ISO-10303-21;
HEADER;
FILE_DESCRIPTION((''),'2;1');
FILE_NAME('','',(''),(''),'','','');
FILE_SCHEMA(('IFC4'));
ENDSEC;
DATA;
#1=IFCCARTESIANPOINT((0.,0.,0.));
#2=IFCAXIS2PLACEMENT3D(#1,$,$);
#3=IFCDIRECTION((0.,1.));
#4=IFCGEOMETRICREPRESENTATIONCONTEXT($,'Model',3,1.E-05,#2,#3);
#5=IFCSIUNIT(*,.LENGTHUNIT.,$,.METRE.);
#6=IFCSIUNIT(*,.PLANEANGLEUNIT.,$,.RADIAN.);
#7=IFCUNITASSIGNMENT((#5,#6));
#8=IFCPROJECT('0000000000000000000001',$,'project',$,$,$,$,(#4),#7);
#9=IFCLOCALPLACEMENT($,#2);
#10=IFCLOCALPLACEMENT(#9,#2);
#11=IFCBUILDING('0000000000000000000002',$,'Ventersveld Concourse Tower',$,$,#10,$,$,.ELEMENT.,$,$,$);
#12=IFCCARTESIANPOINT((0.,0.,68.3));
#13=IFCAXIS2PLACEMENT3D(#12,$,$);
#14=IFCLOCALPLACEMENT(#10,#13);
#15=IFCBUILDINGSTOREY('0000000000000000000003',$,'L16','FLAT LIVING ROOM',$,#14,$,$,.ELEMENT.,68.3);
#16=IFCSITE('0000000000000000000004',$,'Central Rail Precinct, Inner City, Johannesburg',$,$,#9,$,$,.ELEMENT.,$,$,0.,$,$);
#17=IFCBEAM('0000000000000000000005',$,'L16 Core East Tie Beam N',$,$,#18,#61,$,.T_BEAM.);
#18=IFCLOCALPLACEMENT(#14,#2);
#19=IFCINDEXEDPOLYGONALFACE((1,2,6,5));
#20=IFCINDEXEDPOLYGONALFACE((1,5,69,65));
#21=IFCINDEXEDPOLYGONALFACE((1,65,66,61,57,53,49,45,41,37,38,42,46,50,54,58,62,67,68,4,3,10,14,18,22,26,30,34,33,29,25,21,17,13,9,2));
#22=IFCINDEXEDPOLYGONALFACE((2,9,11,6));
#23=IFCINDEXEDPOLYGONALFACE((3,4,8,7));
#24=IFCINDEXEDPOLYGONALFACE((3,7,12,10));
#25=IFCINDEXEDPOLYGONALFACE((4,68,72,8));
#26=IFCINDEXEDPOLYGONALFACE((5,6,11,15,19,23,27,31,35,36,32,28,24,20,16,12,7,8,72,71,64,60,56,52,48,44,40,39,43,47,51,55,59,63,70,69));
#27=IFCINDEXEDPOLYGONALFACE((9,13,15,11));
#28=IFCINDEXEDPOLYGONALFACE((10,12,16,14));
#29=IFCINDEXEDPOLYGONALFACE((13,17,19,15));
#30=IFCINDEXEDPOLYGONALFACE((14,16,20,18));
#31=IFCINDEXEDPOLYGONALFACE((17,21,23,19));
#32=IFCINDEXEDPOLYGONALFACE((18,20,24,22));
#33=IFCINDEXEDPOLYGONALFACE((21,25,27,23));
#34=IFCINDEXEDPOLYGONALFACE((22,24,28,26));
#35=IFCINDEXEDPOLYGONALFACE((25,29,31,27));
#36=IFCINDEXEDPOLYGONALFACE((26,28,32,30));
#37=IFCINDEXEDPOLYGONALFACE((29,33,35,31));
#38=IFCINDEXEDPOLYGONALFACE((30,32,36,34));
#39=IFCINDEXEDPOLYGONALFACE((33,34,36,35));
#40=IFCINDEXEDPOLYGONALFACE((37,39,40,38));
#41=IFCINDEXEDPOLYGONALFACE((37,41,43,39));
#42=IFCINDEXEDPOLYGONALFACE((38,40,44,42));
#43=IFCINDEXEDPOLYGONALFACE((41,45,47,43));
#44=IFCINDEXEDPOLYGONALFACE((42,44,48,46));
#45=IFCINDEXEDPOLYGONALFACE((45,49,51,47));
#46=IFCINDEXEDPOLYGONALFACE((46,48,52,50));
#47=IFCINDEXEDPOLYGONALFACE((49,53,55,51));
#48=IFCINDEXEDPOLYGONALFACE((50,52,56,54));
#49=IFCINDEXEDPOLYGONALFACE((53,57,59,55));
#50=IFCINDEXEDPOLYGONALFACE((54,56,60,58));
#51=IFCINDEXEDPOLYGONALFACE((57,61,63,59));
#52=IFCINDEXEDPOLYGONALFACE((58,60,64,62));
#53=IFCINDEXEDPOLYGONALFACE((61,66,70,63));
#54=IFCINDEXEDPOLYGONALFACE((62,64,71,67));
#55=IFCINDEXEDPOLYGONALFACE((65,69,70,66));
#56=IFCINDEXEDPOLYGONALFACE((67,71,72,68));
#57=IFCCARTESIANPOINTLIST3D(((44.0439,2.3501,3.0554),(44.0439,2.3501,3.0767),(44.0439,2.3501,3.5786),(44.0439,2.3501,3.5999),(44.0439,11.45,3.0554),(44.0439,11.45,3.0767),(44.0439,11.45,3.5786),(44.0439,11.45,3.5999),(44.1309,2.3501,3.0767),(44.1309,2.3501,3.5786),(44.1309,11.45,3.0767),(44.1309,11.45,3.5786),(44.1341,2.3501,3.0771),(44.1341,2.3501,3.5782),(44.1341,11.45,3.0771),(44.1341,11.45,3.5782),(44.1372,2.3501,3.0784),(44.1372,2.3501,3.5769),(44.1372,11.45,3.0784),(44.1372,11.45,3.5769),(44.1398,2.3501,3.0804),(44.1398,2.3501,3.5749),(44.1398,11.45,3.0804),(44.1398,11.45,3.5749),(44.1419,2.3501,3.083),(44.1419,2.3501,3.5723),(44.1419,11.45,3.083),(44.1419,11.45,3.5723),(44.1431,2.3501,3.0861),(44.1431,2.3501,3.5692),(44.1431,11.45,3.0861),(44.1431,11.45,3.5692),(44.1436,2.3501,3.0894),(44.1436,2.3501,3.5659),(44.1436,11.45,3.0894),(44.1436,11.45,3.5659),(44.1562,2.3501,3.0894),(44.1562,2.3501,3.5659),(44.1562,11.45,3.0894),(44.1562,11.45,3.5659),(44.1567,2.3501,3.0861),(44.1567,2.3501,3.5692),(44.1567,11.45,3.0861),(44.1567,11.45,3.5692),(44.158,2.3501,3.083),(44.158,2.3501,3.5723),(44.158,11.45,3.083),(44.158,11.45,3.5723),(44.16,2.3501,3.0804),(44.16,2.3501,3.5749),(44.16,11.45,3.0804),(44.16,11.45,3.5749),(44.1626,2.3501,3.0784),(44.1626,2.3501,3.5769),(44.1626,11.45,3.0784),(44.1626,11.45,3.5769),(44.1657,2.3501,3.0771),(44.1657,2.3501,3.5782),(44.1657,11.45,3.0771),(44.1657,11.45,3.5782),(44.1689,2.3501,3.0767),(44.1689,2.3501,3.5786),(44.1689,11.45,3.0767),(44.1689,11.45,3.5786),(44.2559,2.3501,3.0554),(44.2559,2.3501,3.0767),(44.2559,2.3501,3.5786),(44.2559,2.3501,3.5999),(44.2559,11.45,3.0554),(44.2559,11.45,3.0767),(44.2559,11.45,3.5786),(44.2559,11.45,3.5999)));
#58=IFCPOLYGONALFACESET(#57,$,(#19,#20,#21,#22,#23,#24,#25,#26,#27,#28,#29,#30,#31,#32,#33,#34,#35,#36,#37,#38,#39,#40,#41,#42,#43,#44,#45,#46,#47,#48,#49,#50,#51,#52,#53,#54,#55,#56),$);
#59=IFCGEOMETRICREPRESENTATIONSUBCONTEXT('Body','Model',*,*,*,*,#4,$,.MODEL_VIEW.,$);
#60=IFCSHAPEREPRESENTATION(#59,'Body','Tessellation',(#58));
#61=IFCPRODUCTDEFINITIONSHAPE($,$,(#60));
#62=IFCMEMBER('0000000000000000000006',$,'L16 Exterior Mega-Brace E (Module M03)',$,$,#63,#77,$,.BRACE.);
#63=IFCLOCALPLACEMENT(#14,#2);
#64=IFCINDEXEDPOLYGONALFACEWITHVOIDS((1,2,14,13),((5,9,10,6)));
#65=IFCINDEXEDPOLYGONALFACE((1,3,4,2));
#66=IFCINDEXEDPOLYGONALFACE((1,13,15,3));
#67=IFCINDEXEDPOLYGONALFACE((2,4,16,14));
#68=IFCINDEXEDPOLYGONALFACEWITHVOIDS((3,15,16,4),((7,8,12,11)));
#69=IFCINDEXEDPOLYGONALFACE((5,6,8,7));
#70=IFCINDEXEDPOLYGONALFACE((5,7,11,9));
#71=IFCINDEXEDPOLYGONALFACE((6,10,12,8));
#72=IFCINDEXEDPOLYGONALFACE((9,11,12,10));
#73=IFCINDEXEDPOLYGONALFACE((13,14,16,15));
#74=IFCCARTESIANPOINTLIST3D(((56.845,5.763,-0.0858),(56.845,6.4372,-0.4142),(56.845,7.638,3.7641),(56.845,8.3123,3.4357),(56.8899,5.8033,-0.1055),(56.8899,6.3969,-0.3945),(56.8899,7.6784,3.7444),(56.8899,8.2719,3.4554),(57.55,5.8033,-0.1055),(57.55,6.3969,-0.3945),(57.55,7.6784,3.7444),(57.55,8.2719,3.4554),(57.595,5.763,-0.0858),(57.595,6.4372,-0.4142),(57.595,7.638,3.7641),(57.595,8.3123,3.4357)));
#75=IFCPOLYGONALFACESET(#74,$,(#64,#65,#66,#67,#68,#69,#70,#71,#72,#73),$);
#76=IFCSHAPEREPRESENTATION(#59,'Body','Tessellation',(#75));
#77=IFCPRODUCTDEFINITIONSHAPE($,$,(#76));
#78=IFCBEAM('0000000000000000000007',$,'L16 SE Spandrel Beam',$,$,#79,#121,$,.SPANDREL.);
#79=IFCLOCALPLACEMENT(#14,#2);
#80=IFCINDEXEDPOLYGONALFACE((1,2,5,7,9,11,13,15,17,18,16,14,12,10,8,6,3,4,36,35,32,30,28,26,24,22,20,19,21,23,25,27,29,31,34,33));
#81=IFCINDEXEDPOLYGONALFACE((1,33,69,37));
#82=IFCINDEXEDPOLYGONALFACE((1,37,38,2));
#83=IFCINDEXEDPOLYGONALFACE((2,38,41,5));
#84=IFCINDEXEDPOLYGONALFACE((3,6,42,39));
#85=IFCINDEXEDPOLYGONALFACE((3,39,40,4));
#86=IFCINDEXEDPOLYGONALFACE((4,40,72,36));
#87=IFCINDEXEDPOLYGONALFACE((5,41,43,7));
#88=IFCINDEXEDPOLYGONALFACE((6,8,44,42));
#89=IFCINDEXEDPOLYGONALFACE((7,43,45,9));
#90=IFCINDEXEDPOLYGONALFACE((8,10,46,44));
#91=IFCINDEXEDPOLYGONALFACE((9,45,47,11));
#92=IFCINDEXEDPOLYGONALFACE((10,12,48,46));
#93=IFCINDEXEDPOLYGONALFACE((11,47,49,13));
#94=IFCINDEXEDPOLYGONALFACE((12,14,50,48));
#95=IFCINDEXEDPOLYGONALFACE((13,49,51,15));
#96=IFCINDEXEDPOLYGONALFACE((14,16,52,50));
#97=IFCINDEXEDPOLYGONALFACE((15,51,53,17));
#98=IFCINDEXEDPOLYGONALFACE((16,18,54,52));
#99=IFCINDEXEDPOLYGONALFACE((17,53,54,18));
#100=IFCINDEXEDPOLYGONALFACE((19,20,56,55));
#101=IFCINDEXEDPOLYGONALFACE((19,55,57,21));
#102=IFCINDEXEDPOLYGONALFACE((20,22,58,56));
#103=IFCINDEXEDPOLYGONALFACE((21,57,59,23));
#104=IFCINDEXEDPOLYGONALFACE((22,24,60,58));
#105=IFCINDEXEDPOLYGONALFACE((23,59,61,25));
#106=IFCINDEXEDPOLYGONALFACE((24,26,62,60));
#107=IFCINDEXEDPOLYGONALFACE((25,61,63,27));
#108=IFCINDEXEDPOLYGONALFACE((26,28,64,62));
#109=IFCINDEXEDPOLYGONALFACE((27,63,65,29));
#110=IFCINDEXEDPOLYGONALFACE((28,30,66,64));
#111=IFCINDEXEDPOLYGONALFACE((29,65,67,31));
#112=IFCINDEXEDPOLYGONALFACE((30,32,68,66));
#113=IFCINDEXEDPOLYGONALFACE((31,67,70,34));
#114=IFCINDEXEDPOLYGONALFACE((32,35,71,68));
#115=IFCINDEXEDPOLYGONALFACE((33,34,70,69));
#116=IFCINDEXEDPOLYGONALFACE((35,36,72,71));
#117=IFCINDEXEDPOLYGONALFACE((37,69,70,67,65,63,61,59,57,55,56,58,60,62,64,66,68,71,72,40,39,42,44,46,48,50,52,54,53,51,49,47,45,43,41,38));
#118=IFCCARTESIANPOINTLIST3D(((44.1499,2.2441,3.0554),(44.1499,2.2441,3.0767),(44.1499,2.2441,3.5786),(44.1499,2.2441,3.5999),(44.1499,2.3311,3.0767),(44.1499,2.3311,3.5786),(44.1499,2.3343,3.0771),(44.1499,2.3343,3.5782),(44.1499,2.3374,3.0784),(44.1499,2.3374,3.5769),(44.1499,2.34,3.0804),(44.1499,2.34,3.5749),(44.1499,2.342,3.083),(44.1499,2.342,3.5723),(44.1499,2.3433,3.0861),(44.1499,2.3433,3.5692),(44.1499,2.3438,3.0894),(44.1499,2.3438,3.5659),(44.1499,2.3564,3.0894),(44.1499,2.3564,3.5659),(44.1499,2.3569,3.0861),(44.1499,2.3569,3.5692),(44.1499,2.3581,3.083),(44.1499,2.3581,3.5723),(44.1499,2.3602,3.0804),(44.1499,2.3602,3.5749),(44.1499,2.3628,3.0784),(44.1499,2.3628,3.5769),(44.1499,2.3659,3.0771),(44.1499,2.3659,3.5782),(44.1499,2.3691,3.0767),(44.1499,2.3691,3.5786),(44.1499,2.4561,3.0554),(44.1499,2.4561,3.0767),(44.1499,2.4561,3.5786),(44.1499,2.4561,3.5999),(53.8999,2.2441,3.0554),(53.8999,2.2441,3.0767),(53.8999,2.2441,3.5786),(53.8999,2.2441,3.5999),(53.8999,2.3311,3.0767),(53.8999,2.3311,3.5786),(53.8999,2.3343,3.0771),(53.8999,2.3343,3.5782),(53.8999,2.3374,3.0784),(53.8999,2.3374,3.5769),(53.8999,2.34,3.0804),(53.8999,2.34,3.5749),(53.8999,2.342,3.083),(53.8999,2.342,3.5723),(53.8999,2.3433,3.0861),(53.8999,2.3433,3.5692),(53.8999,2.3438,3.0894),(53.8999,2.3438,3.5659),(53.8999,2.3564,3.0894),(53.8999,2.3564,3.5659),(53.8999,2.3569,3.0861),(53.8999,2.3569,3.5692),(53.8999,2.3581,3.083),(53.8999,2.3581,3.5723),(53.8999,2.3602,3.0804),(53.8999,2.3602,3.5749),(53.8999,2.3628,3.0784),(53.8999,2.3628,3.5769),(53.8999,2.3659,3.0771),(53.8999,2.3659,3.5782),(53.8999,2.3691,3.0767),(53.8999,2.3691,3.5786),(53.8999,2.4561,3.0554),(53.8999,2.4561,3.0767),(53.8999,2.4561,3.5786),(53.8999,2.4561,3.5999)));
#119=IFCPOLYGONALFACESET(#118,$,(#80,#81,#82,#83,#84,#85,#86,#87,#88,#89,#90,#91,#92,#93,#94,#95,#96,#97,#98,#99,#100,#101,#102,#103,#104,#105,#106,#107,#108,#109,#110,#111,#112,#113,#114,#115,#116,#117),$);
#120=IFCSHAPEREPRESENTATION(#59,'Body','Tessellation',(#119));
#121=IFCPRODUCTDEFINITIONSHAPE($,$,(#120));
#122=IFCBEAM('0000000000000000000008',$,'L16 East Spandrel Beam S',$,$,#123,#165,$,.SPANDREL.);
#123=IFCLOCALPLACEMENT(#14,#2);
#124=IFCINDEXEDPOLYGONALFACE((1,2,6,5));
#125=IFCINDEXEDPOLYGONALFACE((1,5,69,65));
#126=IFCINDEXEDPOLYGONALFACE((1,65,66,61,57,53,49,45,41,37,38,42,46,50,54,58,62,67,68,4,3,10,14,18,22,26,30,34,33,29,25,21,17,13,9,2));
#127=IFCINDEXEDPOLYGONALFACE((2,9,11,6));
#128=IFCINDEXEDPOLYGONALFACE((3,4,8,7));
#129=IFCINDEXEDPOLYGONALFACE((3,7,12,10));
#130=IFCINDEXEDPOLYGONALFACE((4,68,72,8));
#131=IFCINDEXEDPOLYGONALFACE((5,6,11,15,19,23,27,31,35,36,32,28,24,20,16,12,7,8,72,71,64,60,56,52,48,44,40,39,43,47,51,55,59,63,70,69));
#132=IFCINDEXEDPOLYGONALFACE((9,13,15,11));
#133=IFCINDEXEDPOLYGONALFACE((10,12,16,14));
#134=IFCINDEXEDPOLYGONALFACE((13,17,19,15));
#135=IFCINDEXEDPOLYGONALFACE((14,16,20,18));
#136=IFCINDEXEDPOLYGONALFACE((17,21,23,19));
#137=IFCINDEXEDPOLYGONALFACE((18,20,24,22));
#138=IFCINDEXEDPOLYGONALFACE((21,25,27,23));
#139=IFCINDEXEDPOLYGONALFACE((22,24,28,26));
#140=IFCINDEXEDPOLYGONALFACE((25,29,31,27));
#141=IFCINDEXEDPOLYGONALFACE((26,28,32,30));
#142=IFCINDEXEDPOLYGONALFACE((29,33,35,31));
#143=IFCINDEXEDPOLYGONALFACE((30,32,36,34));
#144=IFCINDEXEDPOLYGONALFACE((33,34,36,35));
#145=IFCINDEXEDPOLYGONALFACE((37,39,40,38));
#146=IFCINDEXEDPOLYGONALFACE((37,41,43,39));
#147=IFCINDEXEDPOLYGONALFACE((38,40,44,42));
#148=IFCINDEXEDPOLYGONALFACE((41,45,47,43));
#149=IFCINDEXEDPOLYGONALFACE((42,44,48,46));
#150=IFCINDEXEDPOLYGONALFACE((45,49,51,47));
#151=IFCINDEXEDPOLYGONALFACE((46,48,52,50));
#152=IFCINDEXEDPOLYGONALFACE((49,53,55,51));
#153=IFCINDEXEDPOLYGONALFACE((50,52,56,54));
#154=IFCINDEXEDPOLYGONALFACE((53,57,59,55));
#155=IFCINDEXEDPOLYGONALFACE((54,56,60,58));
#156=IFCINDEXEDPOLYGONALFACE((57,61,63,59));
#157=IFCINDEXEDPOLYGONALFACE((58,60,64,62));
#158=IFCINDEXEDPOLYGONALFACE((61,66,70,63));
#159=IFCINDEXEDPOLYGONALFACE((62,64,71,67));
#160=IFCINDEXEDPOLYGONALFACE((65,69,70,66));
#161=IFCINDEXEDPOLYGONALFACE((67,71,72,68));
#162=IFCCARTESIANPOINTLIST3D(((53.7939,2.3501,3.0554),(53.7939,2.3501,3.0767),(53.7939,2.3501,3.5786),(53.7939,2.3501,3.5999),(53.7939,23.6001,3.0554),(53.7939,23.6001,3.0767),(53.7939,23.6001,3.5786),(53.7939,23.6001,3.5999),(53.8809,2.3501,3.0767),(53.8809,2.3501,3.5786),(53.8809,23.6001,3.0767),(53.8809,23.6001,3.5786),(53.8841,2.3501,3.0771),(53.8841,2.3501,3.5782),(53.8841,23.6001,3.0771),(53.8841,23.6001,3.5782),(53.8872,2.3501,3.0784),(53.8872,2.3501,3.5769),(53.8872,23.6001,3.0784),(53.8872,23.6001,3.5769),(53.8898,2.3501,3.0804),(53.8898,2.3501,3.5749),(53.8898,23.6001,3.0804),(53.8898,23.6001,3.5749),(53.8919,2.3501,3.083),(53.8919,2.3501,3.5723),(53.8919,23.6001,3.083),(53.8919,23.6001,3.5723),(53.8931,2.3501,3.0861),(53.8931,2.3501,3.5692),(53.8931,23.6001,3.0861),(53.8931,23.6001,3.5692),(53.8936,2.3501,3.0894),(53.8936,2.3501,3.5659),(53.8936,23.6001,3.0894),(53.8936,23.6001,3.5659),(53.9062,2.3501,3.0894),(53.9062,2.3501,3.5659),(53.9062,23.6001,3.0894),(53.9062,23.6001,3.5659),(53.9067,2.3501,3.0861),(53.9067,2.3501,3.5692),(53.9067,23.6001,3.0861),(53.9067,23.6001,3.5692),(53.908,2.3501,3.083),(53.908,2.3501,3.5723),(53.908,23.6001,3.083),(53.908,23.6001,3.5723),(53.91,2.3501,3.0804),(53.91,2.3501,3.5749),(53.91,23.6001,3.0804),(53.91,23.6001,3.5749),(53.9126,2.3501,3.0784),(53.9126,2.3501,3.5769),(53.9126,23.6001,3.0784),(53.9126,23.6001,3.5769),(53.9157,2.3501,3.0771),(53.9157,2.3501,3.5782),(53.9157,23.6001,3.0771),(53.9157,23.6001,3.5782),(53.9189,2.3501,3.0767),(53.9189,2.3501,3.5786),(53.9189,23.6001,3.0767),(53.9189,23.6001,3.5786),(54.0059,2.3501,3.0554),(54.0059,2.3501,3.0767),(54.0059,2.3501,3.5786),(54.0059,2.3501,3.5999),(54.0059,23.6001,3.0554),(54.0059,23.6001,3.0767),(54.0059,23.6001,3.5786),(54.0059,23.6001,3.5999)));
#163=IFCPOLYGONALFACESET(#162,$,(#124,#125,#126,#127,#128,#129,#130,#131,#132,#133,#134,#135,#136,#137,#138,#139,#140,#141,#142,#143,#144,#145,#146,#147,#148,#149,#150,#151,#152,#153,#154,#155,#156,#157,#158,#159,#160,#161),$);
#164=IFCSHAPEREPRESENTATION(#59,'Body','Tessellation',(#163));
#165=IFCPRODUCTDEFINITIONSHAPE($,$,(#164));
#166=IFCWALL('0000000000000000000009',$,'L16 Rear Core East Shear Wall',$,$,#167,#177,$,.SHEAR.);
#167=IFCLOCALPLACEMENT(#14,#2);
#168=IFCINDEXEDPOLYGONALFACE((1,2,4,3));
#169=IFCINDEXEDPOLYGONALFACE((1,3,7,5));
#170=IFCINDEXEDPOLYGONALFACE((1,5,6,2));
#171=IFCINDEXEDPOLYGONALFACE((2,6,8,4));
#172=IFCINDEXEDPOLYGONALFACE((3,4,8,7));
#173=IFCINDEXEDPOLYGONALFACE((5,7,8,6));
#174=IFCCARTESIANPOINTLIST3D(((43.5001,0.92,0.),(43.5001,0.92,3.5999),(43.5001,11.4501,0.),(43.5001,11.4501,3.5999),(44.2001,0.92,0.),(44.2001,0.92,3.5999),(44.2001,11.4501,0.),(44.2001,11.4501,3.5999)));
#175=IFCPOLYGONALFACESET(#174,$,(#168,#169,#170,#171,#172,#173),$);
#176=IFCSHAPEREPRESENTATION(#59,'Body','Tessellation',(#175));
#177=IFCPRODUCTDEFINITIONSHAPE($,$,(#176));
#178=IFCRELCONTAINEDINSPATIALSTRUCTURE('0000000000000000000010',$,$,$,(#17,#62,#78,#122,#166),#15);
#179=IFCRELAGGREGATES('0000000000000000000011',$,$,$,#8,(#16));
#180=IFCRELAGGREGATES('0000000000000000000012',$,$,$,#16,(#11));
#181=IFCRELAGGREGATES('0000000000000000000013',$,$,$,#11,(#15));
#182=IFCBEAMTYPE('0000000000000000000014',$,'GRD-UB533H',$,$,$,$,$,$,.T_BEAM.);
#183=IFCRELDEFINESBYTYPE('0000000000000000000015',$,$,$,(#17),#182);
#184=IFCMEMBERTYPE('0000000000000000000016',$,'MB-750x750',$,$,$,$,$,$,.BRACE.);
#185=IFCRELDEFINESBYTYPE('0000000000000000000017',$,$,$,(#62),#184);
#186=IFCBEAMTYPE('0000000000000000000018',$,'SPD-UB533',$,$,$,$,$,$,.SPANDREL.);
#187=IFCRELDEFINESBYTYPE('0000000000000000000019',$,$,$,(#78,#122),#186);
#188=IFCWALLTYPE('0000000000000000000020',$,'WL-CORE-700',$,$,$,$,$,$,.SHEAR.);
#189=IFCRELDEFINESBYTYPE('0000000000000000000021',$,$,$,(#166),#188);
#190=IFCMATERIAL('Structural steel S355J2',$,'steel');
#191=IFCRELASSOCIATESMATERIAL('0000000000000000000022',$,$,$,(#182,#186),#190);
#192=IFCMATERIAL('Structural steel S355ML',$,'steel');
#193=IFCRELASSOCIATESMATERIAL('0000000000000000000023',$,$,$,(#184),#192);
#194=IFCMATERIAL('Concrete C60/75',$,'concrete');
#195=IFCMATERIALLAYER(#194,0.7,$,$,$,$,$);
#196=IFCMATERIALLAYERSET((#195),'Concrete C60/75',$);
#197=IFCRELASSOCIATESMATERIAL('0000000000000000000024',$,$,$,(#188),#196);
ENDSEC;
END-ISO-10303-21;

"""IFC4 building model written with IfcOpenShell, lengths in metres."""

from ifc_helpers import new_model, si_unit, direction, frame, frame_2d, origin, origin_2d, place, context, subcontext, project, spatial, rectangle, hollow_rectangle, i_section, extrude, material, layer, layer_set, material_profile, profile_set, type_object, element, save


model = new_model("IFC4")

# Units and contexts
model_context = context("Model", 3, precision=1e-05, world=origin(), true_north=direction((0.0, 1.0)))
body_context = subcontext(model_context, "Body", "Model", "MODEL_VIEW")
ifc_project = project(units=[si_unit("LENGTHUNIT", "METRE"), si_unit("PLANEANGLEUNIT", "RADIAN")], contexts=[model_context])

# Site, building, storey
site_placement = place(None, origin())
site = spatial("IfcSite", under=ifc_project, at=site_placement, Name="Central Rail Precinct, Inner City, Johannesburg", CompositionType="ELEMENT", RefElevation=0.0)
building_placement = place(site_placement, origin())
building = spatial("IfcBuilding", under=site, at=building_placement, Name="Ventersveld Concourse Tower", CompositionType="ELEMENT")
storey_placement = place(building_placement, frame((0.0, 0.0, 68.3)))
storey = spatial("IfcBuildingStorey", under=building, at=storey_placement, Name="L16", Description="FLAT LIVING ROOM", CompositionType="ELEMENT", Elevation=68.3)

# Beam
ifc_material_1 = material(Name="Structural steel S355J2", Category="steel")
ifc_material_profile_1 = material_profile(ifc_material_1, i_section(OverallWidth=0.2119, OverallDepth=0.5444, WebThickness=0.0127, FlangeThickness=0.0212, FilletRadius=0.0127, at=origin_2d()), Name="UB 533x210x122")
ifc_profile_set_1 = profile_set([ifc_material_profile_1], Name="Structural steel S355J2")
beam_type_1 = type_object("IfcBeamType", Name="GRD-UB533H", PredefinedType="T_BEAM", material=ifc_profile_set_1)
beam_1_placement = place(storey_placement, frame((44.1499, 2.3501, 3.3276), z_axis=(0.0, 1.0, 0.0), x_axis=(-1.0, 0.0, 0.0)))
element("IfcBeam", 1, at=beam_1_placement, inside=storey, type_object=beam_type_1, Name="L16 Core East Tie Beam N", PredefinedType="T_BEAM", context=body_context, shape_type="SweptSolid", body=[
    extrude(i_section(OverallWidth=0.2119, OverallDepth=0.5444, WebThickness=0.0127, FlangeThickness=0.0212, FilletRadius=0.0127, at=origin_2d()), origin(), (0.0, 0.0, 1.0), 9.0999),
])

# Member
ifc_material_2 = material(Name="Structural steel S355ML", Category="steel")
ifc_material_profile_2 = material_profile(ifc_material_2, hollow_rectangle(XDim=0.75, YDim=0.75, WallThickness=0.0449, at=origin_2d()), Name="BOX 750x750x45")
ifc_profile_set_2 = profile_set([ifc_material_profile_2], Name="Structural steel S355ML")
member_type = type_object("IfcMemberType", Name="MB-750x750", PredefinedType="BRACE", material=ifc_profile_set_2)
member_placement = place(storey_placement, frame((57.22, 6.1001, -0.25), z_axis=(0.0, 0.437862, 0.899042), x_axis=(-1.0, 0.0, 0.0)))
element("IfcMember", 2, at=member_placement, inside=storey, type_object=member_type, Name="L16 Exterior Mega-Brace E (Module M03)", PredefinedType="BRACE", context=body_context, shape_type="SweptSolid", body=[
    extrude(hollow_rectangle(XDim=0.75, YDim=0.75, WallThickness=0.0449, at=origin_2d()), origin(), (0.0, 0.0, 1.0), 4.2822),
])

# Beams
ifc_material_profile_3 = material_profile(ifc_material_1, i_section(OverallWidth=0.2119, OverallDepth=0.5444, WebThickness=0.0127, FlangeThickness=0.0212, FilletRadius=0.0127, at=origin_2d()), Name="UB 533x210x122")
ifc_profile_set_3 = profile_set([ifc_material_profile_3], Name="Structural steel S355J2")
beam_type_2 = type_object("IfcBeamType", Name="SPD-UB533", PredefinedType="SPANDREL", material=ifc_profile_set_3)
beam_2_placement = place(storey_placement, frame((44.1499, 2.3501, 3.3276), z_axis=(1.0, 0.0, 0.0), x_axis=(0.0, 1.0, 0.0)))
element("IfcBeam", 3, at=beam_2_placement, inside=storey, type_object=beam_type_2, Name="L16 SE Spandrel Beam", PredefinedType="SPANDREL", context=body_context, shape_type="SweptSolid", body=[
    extrude(i_section(OverallWidth=0.2119, OverallDepth=0.5444, WebThickness=0.0127, FlangeThickness=0.0212, FilletRadius=0.0127, at=origin_2d()), origin(), (0.0, 0.0, 1.0), 9.75),
])
beam_3_placement = place(storey_placement, frame((53.8999, 2.3501, 3.3276), z_axis=(0.0, 1.0, 0.0), x_axis=(-1.0, 0.0, 0.0)))
element("IfcBeam", 4, at=beam_3_placement, inside=storey, type_object=beam_type_2, Name="L16 East Spandrel Beam S", PredefinedType="SPANDREL", context=body_context, shape_type="SweptSolid", body=[
    extrude(i_section(OverallWidth=0.2119, OverallDepth=0.5444, WebThickness=0.0127, FlangeThickness=0.0212, FilletRadius=0.0127, at=origin_2d()), origin(), (0.0, 0.0, 1.0), 21.25),
])

# Wall
ifc_material_3 = material(Name="Concrete C60/75", Category="concrete")
ifc_layer_1 = layer(ifc_material_3, 0.7)
ifc_layer_set_1 = layer_set([ifc_layer_1], Name="Concrete C60/75")
wall_type_1 = type_object("IfcWallType", Name="WL-CORE-700", PredefinedType="SHEAR", material=ifc_layer_set_1)
wall_1_placement = place(storey_placement, frame((43.8501, 0.9199, 0.0), z_axis=(0.0, 0.0, 1.0), x_axis=(0.0, 1.0, 0.0)))
element("IfcWall", 5, at=wall_1_placement, inside=storey, type_object=wall_type_1, Name="L16 Rear Core East Shear Wall", PredefinedType="SHEAR", context=body_context, shape_type="SweptSolid", body=[
    extrude(rectangle(XDim=10.53, YDim=0.7, at=frame_2d((5.2651, 0.0))), origin(), (0.0, 0.0, 1.0), 3.5999),
])

save(model, "model.ifc")
